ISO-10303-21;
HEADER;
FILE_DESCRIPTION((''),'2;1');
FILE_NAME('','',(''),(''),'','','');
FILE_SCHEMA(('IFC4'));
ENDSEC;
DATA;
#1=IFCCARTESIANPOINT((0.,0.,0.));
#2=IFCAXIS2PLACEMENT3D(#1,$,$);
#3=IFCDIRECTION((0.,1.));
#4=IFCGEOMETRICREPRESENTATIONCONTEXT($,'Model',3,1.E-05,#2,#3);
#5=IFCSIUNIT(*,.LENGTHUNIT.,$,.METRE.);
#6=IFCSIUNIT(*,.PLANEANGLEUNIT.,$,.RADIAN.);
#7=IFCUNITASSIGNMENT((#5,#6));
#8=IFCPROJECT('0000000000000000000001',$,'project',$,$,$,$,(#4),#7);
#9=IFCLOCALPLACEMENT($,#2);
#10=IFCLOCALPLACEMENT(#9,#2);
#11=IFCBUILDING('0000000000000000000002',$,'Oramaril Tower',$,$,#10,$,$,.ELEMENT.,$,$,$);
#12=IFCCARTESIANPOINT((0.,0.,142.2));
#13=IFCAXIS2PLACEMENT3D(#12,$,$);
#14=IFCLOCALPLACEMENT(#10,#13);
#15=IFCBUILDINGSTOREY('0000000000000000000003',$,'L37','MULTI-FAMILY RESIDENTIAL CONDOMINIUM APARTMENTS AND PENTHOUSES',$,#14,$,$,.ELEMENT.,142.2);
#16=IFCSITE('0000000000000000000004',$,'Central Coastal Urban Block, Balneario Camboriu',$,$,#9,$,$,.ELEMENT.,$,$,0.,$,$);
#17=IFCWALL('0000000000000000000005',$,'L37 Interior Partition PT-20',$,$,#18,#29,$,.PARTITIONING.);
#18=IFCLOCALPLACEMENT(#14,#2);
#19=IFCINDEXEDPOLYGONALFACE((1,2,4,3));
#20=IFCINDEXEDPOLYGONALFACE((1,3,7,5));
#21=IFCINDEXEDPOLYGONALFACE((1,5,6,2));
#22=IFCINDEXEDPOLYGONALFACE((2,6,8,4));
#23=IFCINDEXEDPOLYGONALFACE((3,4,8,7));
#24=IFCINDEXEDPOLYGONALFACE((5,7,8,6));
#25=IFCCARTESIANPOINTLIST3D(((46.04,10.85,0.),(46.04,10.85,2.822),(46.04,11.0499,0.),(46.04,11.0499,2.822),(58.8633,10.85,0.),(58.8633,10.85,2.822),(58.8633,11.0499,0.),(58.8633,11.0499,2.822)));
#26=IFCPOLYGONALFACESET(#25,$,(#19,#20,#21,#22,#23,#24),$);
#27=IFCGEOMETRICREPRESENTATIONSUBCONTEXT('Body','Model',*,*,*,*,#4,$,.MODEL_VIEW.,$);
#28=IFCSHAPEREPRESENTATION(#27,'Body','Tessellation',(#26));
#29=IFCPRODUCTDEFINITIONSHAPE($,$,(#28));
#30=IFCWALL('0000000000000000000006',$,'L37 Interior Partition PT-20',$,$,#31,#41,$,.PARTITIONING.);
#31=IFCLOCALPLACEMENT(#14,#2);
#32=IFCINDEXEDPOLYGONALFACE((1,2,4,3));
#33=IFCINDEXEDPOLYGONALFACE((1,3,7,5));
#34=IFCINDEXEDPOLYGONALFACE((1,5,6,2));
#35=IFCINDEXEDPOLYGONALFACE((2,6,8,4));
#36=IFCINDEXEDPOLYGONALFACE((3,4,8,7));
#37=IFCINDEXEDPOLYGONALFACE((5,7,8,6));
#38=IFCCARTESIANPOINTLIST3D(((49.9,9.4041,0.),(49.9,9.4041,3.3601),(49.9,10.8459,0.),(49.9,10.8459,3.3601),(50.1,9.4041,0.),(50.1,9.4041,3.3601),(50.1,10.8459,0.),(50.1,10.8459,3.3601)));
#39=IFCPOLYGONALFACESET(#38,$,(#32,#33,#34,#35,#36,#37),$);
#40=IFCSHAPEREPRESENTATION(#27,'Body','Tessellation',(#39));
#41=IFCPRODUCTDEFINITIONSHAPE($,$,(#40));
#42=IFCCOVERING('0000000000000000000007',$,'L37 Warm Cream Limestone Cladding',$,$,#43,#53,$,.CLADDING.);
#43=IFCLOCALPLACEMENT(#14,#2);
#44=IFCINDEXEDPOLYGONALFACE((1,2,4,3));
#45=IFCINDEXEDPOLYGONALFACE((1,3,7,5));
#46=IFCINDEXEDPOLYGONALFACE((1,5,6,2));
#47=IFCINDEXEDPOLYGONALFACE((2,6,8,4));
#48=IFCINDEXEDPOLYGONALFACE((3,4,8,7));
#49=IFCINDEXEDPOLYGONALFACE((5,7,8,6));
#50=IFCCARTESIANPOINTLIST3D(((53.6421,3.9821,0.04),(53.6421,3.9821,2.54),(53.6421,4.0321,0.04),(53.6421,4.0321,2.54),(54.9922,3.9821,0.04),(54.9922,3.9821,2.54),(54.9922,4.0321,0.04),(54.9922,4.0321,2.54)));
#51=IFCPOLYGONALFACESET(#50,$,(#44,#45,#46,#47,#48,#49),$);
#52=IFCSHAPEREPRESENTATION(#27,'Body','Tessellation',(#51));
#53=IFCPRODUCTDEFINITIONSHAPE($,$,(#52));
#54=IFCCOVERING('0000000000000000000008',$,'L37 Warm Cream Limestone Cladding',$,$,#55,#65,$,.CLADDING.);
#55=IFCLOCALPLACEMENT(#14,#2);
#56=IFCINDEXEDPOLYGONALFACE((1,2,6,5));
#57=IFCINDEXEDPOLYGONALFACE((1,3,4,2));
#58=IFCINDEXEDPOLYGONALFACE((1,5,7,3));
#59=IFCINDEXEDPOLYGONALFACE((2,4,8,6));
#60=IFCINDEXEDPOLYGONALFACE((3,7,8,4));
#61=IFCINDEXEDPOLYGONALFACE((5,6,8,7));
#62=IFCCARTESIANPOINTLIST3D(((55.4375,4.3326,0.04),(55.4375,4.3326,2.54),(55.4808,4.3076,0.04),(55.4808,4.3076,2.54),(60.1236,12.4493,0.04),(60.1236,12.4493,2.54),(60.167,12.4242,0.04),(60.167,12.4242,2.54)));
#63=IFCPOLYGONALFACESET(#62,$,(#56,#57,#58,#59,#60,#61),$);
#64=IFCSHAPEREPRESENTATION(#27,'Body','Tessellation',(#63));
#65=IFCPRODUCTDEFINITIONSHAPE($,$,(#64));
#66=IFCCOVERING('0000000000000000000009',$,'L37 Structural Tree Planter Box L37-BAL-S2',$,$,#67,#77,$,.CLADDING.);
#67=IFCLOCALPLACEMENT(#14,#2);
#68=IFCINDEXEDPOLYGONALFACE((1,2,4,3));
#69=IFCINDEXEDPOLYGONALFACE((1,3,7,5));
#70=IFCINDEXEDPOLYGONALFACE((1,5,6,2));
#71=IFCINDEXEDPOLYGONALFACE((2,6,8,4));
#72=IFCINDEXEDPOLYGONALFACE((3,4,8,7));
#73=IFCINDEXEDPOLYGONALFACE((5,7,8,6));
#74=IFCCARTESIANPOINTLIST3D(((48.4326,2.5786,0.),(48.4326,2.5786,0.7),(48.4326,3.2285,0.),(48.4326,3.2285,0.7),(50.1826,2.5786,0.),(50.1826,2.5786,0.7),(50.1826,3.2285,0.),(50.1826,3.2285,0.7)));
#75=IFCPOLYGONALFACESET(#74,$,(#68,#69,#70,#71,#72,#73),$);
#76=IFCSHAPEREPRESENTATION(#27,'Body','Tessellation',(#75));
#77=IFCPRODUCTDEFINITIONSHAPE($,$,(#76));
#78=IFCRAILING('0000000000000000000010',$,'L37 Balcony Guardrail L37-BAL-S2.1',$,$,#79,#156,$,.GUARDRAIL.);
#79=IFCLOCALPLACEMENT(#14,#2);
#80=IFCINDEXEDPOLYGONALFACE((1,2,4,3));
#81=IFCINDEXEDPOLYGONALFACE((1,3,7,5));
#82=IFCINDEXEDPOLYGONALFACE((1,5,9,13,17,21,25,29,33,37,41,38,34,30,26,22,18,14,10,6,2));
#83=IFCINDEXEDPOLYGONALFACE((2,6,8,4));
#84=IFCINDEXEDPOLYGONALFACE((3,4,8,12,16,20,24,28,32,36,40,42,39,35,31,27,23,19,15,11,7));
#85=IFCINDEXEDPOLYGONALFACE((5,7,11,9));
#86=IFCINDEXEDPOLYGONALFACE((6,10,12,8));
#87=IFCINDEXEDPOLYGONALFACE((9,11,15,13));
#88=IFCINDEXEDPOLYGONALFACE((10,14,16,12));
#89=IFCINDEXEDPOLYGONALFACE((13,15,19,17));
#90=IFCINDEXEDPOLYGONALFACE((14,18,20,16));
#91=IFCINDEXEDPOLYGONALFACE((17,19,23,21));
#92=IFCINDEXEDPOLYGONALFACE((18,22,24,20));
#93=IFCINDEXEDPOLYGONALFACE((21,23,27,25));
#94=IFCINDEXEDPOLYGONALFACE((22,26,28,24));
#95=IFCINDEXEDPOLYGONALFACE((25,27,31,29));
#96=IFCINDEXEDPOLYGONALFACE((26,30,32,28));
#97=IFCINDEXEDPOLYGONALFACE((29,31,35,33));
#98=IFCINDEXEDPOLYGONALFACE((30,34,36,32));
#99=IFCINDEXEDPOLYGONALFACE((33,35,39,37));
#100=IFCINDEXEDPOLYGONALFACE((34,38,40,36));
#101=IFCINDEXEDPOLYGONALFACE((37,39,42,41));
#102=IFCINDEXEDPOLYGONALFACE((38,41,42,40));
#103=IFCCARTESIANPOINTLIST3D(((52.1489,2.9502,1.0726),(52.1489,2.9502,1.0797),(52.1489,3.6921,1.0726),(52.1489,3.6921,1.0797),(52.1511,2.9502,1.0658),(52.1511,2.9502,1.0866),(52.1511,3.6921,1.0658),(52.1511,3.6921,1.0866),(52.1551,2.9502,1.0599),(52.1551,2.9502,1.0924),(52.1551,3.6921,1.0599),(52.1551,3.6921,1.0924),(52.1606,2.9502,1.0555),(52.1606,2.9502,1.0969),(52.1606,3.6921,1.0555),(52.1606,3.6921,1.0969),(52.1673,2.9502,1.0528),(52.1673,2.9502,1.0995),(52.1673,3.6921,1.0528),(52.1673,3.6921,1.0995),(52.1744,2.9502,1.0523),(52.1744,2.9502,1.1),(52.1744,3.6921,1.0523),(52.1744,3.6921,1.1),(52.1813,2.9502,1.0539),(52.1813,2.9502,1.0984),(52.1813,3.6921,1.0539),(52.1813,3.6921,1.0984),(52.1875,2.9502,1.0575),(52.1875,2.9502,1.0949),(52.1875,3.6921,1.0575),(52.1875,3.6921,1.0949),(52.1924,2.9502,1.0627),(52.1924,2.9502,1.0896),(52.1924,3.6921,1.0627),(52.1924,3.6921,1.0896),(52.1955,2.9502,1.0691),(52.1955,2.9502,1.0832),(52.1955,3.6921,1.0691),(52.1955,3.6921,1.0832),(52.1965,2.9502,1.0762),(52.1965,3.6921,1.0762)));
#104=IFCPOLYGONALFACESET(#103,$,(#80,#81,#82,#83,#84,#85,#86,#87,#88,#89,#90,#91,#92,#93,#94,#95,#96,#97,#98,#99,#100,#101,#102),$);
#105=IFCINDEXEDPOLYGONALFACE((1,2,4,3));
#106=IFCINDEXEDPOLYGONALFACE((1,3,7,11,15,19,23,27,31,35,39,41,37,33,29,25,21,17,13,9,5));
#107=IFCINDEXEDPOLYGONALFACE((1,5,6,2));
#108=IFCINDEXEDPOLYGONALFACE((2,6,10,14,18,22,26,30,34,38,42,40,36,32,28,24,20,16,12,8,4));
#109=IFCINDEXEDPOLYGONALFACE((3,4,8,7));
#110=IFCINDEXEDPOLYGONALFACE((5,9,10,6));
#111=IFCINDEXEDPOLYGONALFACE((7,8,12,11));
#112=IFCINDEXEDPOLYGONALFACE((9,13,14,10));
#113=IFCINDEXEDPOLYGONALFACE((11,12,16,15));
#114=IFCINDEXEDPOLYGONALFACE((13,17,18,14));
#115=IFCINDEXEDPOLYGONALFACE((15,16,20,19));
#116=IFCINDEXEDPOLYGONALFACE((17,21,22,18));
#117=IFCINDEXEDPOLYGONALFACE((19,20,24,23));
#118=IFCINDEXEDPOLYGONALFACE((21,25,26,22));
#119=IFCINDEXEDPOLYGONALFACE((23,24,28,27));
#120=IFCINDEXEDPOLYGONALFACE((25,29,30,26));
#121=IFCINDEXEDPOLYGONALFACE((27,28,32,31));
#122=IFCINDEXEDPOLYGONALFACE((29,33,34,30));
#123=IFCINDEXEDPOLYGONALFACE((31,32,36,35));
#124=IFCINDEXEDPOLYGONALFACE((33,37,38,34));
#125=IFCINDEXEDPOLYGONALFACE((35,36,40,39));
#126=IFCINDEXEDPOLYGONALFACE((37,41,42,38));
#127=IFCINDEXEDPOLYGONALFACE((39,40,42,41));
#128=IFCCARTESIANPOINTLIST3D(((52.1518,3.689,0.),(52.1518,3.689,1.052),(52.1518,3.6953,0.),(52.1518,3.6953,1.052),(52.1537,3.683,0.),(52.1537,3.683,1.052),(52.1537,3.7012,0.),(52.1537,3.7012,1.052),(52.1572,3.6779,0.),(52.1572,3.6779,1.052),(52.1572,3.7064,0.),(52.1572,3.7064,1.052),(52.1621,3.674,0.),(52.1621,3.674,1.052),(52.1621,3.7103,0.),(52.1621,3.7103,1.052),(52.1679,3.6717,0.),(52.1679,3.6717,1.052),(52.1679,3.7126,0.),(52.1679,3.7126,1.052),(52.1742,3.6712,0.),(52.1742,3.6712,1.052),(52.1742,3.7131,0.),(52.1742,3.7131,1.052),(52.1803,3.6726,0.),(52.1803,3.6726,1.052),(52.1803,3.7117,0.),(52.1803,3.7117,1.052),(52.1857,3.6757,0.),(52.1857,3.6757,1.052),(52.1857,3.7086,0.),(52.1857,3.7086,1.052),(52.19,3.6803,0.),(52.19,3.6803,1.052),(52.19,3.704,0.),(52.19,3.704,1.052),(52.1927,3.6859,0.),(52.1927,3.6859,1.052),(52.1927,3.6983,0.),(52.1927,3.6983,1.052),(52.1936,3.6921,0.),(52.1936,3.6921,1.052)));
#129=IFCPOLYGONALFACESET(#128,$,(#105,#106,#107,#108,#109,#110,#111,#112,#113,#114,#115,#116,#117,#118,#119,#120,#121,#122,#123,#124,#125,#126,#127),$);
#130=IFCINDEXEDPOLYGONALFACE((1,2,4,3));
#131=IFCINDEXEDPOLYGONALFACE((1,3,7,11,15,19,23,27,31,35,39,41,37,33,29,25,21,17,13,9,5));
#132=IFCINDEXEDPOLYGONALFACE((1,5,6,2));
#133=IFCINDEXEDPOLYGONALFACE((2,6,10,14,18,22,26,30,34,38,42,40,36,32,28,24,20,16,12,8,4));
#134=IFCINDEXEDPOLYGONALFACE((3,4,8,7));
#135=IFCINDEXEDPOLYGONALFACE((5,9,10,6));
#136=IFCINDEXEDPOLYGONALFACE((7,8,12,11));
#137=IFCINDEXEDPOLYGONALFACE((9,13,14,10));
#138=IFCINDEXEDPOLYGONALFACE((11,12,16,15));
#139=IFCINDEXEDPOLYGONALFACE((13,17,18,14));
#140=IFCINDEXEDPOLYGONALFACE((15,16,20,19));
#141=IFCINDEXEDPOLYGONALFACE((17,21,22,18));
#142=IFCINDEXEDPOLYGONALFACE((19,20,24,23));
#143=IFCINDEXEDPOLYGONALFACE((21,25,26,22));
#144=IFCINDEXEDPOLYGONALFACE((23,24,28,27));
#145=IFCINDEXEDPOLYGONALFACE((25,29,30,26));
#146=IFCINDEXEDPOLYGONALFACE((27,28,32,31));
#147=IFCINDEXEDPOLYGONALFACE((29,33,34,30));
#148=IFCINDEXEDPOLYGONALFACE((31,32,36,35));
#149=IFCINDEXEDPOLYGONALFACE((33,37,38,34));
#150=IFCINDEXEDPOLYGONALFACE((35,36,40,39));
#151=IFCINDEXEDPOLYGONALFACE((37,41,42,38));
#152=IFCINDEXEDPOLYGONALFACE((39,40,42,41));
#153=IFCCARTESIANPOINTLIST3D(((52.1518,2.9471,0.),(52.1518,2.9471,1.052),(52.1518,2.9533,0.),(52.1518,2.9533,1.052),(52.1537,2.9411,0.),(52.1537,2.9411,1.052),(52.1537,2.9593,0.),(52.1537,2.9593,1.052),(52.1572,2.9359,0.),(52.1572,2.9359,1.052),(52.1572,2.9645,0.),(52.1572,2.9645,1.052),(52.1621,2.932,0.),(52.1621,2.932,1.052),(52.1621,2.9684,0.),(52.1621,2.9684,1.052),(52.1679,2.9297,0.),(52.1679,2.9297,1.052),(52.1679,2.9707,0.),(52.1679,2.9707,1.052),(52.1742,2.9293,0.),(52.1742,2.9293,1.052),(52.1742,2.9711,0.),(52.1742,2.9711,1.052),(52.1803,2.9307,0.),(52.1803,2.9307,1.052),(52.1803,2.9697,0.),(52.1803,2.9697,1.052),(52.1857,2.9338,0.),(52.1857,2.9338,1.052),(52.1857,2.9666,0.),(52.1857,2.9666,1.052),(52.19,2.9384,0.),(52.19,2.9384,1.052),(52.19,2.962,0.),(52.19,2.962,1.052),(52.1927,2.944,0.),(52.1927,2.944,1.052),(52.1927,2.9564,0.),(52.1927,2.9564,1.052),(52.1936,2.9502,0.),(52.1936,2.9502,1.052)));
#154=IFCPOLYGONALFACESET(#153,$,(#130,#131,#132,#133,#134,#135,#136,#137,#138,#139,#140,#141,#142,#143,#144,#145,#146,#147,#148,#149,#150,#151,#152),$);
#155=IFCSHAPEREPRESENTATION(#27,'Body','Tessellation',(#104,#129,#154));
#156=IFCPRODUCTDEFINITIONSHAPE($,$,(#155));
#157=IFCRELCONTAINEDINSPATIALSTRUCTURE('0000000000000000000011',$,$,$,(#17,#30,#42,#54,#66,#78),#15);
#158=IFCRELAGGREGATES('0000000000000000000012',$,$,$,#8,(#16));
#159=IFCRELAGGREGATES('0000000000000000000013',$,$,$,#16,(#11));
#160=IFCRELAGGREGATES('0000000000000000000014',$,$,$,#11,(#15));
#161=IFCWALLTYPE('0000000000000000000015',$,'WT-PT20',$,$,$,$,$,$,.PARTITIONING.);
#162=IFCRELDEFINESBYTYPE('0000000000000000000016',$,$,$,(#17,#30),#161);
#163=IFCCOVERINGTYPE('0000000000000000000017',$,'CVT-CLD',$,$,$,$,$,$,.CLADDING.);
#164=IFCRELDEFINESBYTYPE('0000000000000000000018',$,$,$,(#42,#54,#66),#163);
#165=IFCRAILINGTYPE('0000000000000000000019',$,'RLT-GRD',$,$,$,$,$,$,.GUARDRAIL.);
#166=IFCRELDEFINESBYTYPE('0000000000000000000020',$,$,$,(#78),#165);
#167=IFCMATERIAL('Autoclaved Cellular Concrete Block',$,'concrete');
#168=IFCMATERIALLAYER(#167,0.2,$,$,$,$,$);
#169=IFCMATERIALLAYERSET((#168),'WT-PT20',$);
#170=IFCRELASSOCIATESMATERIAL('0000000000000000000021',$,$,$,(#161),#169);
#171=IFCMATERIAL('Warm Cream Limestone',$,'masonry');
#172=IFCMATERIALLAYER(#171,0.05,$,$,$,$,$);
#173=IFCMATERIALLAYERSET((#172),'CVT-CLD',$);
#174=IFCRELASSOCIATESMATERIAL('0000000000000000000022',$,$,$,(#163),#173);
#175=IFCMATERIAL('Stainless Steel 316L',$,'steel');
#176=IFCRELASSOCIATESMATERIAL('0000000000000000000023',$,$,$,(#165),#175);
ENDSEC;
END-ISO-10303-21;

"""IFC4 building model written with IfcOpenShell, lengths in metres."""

from ifc_helpers import new_model, si_unit, direction, frame, frame_2d, origin, origin_2d, place, context, subcontext, project, spatial, rectangle, circle, extrude, material, layer, layer_set, type_object, element, save


model = new_model("IFC4")

# Units and contexts
model_context = context("Model", 3, precision=1e-05, world=origin(), true_north=direction((0.0, 1.0)))
body_context = subcontext(model_context, "Body", "Model", "MODEL_VIEW")
ifc_project = project(units=[si_unit("LENGTHUNIT", "METRE"), si_unit("PLANEANGLEUNIT", "RADIAN")], contexts=[model_context])

# Site, building, storey
site_placement = place(None, origin())
site = spatial("IfcSite", under=ifc_project, at=site_placement, Name="Central Coastal Urban Block, Balneario Camboriu", CompositionType="ELEMENT", RefElevation=0.0)
building_placement = place(site_placement, origin())
building = spatial("IfcBuilding", under=site, at=building_placement, Name="Oramaril Tower", CompositionType="ELEMENT")
storey_placement = place(building_placement, frame((0.0, 0.0, 142.2)))
storey = spatial("IfcBuildingStorey", under=building, at=storey_placement, Name="L37", Description="MULTI-FAMILY RESIDENTIAL CONDOMINIUM APARTMENTS AND PENTHOUSES", CompositionType="ELEMENT", Elevation=142.2)

# Walls
ifc_material_1 = material(Name="Autoclaved Cellular Concrete Block", Category="concrete")
ifc_layer_1 = layer(ifc_material_1, 0.2)
ifc_layer_set_1 = layer_set([ifc_layer_1], Name="WT-PT20")
wall_type_1 = type_object("IfcWallType", Name="WT-PT20", PredefinedType="PARTITIONING", material=ifc_layer_set_1)
wall_1_placement = place(storey_placement, frame((46.04, 10.95, 0.0), z_axis=(0.0, 0.0, 1.0), x_axis=(1.0, 0.0, 0.0)))
element("IfcWall", 1, at=wall_1_placement, inside=storey, type_object=wall_type_1, Name="L37 Interior Partition PT-20", PredefinedType="PARTITIONING", context=body_context, shape_type="SweptSolid", body=[
    extrude(rectangle(XDim=12.8232, YDim=0.2, at=frame_2d((6.4116, 0.0))), origin(), (0.0, 0.0, 1.0), 2.822),
])
wall_2_placement = place(storey_placement, frame((50.0, 9.4041, 0.0), z_axis=(0.0, 0.0, 1.0), x_axis=(0.0, 1.0, 0.0)))
element("IfcWall", 2, at=wall_2_placement, inside=storey, type_object=wall_type_1, Name="L37 Interior Partition PT-20", PredefinedType="PARTITIONING", context=body_context, shape_type="SweptSolid", body=[
    extrude(rectangle(XDim=1.4419, YDim=0.2, at=frame_2d((0.7209, 0.0))), origin(), (0.0, 0.0, 1.0), 3.3601),
])

# Coverings
ifc_material_2 = material(Name="Warm Cream Limestone", Category="masonry")
ifc_layer_2 = layer(ifc_material_2, 0.05)
ifc_layer_set_2 = layer_set([ifc_layer_2], Name="CVT-CLD")
covering_type = type_object("IfcCoveringType", Name="CVT-CLD", PredefinedType="CLADDING", material=ifc_layer_set_2)
covering_1_placement = place(storey_placement, frame((54.3171, 4.0071, 0.04), z_axis=(0.0, 0.0, 1.0), x_axis=(1.0, 0.0, 0.0)))
element("IfcCovering", 3, at=covering_1_placement, inside=storey, type_object=covering_type, Name="L37 Warm Cream Limestone Cladding", PredefinedType="CLADDING", context=body_context, shape_type="SweptSolid", body=[
    extrude(rectangle(XDim=1.3501, YDim=0.05, at=origin_2d()), origin(), (0.0, 0.0, 1.0), 2.5),
])
covering_2_placement = place(storey_placement, frame((57.8022, 8.3784, 0.04), z_axis=(0.0, 0.0, 1.0), x_axis=(0.499998, 0.866026, 0.0)))
element("IfcCovering", 4, at=covering_2_placement, inside=storey, type_object=covering_type, Name="L37 Warm Cream Limestone Cladding", PredefinedType="CLADDING", context=body_context, shape_type="SweptSolid", body=[
    extrude(rectangle(XDim=9.3723, YDim=0.05, at=origin_2d()), origin(), (0.0, 0.0, 1.0), 2.5),
])
covering_3_placement = place(storey_placement, frame((49.3076, 2.9036, 0.0), z_axis=(0.0, 0.0, 1.0), x_axis=(1.0, 0.0, 0.0)))
element("IfcCovering", 5, at=covering_3_placement, inside=storey, type_object=covering_type, Name="L37 Structural Tree Planter Box L37-BAL-S2", PredefinedType="CLADDING", context=body_context, shape_type="SweptSolid", body=[
    extrude(rectangle(XDim=1.75, YDim=0.6499, at=origin_2d()), origin(), (0.0, 0.0, 1.0), 0.7),
])

# Railing
ifc_material_3 = material(Name="Stainless Steel 316L", Category="steel")
railing_type = type_object("IfcRailingType", Name="RLT-GRD", PredefinedType="GUARDRAIL", material=ifc_material_3)
railing_1_placement = place(storey_placement, frame((52.1726, 3.6921, 0.0)))
element("IfcRailing", 6, at=railing_1_placement, inside=storey, type_object=railing_type, Name="L37 Balcony Guardrail L37-BAL-S2.1", PredefinedType="GUARDRAIL", context=body_context, shape_type="SweptSolid", body=[
    extrude(circle(Radius=0.0239, at=origin_2d()), frame((0.0, 0.0, 1.0762), z_axis=(0.0, -1.0, 0.0), x_axis=(1.0, 0.0, 0.0)), (0.0, 0.0, 1.0), 0.7419),
    extrude(circle(Radius=0.021, at=origin_2d()), origin(), (0.0, 0.0, 1.0), 1.052),
    extrude(circle(Radius=0.021, at=origin_2d()), frame((0.0, -0.7419, 0.0)), (0.0, 0.0, 1.0), 1.052),
])

save(model, "model.ifc")
